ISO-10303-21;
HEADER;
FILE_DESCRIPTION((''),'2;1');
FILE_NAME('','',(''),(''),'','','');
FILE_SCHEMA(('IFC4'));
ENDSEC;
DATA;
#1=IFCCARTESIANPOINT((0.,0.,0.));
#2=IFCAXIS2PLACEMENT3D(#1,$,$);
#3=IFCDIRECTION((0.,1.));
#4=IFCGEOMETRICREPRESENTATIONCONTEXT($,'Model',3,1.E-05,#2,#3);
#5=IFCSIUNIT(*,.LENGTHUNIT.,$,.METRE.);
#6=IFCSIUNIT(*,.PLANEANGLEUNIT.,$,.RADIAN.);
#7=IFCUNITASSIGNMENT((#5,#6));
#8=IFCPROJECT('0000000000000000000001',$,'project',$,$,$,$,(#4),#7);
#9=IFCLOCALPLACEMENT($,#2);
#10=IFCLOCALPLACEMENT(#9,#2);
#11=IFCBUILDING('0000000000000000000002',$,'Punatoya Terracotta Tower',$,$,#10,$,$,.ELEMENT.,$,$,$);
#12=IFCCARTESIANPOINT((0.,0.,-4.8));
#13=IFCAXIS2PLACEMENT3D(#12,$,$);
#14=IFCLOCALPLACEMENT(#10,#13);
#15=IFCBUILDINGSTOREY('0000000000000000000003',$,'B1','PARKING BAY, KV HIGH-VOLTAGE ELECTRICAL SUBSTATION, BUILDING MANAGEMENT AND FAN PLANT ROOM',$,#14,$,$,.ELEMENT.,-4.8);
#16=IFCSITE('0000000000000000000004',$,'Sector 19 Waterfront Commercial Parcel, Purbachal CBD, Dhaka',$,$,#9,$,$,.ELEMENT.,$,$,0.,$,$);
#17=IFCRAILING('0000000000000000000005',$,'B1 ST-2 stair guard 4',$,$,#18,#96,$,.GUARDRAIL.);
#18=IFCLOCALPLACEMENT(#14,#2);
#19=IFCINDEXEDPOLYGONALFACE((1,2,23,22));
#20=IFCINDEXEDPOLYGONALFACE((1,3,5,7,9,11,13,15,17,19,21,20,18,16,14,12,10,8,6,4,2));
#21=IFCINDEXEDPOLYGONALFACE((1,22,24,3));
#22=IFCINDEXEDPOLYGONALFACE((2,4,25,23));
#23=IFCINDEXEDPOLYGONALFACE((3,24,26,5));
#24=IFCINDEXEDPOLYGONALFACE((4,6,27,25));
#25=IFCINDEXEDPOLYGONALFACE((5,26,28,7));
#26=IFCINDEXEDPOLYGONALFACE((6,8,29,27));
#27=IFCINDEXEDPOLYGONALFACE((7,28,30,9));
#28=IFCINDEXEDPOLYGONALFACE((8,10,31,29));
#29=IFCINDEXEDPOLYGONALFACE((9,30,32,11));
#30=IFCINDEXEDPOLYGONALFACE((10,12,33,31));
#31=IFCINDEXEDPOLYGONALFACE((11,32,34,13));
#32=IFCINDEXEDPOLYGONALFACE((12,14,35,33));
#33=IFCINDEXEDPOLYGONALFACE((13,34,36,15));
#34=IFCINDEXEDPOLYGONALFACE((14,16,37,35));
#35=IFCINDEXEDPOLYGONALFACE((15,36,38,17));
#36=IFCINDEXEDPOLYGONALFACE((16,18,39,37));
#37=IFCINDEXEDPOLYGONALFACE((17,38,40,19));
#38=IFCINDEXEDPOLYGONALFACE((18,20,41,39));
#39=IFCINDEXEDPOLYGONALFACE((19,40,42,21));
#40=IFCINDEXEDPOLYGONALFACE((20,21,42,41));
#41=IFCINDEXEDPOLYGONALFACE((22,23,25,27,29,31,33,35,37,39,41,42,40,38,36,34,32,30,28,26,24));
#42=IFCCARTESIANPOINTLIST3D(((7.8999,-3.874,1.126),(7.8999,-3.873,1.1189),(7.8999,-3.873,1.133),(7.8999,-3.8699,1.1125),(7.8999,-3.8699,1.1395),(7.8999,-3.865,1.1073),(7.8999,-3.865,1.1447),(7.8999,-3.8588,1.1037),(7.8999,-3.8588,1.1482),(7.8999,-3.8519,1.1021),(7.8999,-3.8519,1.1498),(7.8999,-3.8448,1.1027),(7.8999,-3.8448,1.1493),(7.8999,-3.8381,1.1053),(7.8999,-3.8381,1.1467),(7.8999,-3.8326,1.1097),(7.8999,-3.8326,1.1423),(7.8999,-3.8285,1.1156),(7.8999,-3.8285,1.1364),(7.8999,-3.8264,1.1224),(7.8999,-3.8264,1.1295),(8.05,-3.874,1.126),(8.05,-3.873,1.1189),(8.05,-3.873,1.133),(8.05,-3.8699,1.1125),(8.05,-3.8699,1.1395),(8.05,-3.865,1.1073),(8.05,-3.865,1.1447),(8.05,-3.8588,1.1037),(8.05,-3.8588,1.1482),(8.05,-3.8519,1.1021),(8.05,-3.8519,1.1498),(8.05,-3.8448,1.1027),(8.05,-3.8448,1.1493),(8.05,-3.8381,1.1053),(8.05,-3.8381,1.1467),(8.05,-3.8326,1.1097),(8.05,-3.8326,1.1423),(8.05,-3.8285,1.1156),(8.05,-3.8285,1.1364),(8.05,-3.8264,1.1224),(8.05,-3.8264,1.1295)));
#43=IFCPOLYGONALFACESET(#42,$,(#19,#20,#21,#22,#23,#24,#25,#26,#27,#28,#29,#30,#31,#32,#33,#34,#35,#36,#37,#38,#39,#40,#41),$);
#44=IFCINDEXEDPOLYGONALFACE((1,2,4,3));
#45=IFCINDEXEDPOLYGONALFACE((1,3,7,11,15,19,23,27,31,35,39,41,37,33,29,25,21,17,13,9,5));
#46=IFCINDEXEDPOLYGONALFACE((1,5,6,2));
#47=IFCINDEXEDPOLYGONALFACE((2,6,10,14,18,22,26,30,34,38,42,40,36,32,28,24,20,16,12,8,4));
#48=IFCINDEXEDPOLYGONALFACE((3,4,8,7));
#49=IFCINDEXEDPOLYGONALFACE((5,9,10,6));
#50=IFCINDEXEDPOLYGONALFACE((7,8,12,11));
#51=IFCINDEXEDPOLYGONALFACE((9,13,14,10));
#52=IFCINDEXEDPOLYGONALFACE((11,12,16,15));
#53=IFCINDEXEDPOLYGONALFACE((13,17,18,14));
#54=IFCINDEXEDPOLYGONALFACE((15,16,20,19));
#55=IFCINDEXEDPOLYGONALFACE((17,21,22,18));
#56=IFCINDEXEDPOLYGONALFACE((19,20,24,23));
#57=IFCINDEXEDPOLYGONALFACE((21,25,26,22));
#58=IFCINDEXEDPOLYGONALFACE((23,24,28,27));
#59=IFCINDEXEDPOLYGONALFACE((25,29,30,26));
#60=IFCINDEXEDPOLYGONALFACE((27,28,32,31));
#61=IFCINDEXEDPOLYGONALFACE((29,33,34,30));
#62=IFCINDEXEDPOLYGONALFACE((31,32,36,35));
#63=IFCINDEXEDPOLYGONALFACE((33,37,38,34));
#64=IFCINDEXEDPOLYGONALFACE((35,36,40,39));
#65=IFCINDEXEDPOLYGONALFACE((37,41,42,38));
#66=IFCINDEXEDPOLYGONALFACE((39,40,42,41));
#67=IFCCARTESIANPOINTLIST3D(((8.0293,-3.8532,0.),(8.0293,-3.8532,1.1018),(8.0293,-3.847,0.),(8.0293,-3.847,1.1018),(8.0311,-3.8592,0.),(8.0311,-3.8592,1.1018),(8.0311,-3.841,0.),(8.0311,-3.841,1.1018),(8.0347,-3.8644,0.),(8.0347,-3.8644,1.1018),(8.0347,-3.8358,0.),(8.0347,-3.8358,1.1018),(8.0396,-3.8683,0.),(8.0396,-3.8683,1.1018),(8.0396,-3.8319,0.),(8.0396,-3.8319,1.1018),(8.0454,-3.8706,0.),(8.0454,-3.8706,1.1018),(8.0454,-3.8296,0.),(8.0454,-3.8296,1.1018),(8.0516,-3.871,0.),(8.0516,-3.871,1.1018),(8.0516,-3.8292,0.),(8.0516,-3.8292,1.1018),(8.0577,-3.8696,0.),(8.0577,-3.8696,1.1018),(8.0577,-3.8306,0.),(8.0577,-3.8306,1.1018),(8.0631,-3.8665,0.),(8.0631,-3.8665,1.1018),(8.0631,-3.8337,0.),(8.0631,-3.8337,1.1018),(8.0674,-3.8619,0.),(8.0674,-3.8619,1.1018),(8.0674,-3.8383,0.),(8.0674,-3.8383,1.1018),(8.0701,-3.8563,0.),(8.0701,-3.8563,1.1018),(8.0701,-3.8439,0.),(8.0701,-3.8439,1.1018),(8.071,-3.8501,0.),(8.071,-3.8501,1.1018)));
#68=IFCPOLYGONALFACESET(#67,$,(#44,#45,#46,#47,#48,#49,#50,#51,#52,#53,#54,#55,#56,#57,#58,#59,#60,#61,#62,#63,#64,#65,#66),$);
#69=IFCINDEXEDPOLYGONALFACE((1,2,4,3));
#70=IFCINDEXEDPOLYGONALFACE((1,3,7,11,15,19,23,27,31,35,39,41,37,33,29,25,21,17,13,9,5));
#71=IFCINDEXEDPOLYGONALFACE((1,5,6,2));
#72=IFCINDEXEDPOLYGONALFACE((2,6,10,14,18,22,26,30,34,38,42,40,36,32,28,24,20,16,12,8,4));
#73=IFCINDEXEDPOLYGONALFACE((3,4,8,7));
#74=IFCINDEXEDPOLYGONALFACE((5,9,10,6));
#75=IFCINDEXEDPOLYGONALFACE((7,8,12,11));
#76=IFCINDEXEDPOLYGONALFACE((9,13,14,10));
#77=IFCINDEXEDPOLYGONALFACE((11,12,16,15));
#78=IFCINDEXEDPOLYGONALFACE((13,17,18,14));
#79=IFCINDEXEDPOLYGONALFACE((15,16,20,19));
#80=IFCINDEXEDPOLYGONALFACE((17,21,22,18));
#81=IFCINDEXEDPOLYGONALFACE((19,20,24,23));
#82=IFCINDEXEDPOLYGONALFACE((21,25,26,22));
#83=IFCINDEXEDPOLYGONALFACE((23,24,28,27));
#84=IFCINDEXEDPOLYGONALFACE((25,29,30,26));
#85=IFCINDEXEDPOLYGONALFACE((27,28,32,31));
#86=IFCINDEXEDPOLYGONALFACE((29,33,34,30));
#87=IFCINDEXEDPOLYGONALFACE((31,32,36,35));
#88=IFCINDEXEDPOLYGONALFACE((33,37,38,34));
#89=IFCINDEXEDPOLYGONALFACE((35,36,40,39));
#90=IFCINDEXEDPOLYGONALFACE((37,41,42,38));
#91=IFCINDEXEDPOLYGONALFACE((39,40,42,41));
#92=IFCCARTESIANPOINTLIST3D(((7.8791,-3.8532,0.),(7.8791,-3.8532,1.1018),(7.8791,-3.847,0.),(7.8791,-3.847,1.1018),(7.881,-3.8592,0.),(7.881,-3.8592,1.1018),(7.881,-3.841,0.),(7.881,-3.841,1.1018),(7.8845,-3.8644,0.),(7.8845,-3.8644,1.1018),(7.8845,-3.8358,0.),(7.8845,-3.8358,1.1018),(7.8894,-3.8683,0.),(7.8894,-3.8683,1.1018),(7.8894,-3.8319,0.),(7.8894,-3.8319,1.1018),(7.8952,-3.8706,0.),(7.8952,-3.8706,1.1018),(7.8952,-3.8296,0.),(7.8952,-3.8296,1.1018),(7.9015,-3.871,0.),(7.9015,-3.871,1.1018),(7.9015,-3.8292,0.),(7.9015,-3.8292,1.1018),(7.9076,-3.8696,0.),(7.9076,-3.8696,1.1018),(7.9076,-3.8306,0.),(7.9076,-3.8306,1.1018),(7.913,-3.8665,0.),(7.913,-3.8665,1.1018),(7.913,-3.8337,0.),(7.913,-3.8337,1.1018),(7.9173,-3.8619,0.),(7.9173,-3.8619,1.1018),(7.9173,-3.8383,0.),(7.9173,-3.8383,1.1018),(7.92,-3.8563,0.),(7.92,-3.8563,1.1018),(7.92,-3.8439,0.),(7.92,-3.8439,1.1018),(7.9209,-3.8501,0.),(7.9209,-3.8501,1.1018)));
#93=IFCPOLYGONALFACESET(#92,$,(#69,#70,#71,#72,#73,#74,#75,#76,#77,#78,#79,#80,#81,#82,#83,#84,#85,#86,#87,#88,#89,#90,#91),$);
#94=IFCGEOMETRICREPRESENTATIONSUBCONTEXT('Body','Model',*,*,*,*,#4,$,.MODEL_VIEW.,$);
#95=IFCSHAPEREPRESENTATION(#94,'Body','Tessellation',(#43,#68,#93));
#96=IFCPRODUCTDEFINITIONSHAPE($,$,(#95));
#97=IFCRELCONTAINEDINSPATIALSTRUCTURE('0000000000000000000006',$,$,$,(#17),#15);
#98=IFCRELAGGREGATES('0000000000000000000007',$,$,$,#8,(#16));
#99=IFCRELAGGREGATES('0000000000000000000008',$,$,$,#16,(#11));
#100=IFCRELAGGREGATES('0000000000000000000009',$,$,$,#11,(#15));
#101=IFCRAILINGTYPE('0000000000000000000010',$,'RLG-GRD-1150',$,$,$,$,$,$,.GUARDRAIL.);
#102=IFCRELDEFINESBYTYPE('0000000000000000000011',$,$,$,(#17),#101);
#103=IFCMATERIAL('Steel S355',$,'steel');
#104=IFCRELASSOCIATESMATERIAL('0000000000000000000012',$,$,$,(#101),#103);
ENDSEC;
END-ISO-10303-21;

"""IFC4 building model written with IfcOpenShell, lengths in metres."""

from ifc_helpers import new_model, si_unit, direction, frame, origin, origin_2d, place, context, subcontext, project, spatial, circle, extrude, material, type_object, element, save


model = new_model("IFC4")

# Units and contexts
model_context = context("Model", 3, precision=1e-05, world=origin(), true_north=direction((0.0, 1.0)))
body_context = subcontext(model_context, "Body", "Model", "MODEL_VIEW")
ifc_project = project(units=[si_unit("LENGTHUNIT", "METRE"), si_unit("PLANEANGLEUNIT", "RADIAN")], contexts=[model_context])

# Site, building, storey
site_placement = place(None, origin())
site = spatial("IfcSite", under=ifc_project, at=site_placement, Name="Sector 19 Waterfront Commercial Parcel, Purbachal CBD, Dhaka", CompositionType="ELEMENT", RefElevation=0.0)
building_placement = place(site_placement, origin())
building = spatial("IfcBuilding", under=site, at=building_placement, Name="Punatoya Terracotta Tower", CompositionType="ELEMENT")
storey_placement = place(building_placement, frame((0.0, 0.0, -4.8)))
storey = spatial("IfcBuildingStorey", under=building, at=storey_placement, Name="B1", Description="PARKING BAY, KV HIGH-VOLTAGE ELECTRICAL SUBSTATION, BUILDING MANAGEMENT AND FAN PLANT ROOM", CompositionType="ELEMENT", Elevation=-4.8)

# Shared definitions
ifc_material_1 = material(Name="Steel S355", Category="steel")

# Railing
railing_type_1 = type_object("IfcRailingType", Name="RLG-GRD-1150", PredefinedType="GUARDRAIL", material=ifc_material_1)
railing_1_placement = place(storey_placement, frame((8.05, -3.8501, 0.0)))
element("IfcRailing", 1, at=railing_1_placement, inside=storey, type_object=railing_type_1, Name="B1 ST-2 stair guard 4", PredefinedType="GUARDRAIL", context=body_context, shape_type="SweptSolid", body=[
    extrude(circle(Radius=0.0239, at=origin_2d()), frame((0.0, 0.0, 1.126), z_axis=(-1.0, 0.0, 0.0), x_axis=(0.0, -1.0, 0.0)), (0.0, 0.0, 1.0), 0.1501),
    extrude(circle(Radius=0.021, at=origin_2d()), origin(), (0.0, 0.0, 1.0), 1.1018),
    extrude(circle(Radius=0.021, at=origin_2d()), frame((-0.1501, 0.0, 0.0)), (0.0, 0.0, 1.0), 1.1018),
])

save(model, "model.ifc")
